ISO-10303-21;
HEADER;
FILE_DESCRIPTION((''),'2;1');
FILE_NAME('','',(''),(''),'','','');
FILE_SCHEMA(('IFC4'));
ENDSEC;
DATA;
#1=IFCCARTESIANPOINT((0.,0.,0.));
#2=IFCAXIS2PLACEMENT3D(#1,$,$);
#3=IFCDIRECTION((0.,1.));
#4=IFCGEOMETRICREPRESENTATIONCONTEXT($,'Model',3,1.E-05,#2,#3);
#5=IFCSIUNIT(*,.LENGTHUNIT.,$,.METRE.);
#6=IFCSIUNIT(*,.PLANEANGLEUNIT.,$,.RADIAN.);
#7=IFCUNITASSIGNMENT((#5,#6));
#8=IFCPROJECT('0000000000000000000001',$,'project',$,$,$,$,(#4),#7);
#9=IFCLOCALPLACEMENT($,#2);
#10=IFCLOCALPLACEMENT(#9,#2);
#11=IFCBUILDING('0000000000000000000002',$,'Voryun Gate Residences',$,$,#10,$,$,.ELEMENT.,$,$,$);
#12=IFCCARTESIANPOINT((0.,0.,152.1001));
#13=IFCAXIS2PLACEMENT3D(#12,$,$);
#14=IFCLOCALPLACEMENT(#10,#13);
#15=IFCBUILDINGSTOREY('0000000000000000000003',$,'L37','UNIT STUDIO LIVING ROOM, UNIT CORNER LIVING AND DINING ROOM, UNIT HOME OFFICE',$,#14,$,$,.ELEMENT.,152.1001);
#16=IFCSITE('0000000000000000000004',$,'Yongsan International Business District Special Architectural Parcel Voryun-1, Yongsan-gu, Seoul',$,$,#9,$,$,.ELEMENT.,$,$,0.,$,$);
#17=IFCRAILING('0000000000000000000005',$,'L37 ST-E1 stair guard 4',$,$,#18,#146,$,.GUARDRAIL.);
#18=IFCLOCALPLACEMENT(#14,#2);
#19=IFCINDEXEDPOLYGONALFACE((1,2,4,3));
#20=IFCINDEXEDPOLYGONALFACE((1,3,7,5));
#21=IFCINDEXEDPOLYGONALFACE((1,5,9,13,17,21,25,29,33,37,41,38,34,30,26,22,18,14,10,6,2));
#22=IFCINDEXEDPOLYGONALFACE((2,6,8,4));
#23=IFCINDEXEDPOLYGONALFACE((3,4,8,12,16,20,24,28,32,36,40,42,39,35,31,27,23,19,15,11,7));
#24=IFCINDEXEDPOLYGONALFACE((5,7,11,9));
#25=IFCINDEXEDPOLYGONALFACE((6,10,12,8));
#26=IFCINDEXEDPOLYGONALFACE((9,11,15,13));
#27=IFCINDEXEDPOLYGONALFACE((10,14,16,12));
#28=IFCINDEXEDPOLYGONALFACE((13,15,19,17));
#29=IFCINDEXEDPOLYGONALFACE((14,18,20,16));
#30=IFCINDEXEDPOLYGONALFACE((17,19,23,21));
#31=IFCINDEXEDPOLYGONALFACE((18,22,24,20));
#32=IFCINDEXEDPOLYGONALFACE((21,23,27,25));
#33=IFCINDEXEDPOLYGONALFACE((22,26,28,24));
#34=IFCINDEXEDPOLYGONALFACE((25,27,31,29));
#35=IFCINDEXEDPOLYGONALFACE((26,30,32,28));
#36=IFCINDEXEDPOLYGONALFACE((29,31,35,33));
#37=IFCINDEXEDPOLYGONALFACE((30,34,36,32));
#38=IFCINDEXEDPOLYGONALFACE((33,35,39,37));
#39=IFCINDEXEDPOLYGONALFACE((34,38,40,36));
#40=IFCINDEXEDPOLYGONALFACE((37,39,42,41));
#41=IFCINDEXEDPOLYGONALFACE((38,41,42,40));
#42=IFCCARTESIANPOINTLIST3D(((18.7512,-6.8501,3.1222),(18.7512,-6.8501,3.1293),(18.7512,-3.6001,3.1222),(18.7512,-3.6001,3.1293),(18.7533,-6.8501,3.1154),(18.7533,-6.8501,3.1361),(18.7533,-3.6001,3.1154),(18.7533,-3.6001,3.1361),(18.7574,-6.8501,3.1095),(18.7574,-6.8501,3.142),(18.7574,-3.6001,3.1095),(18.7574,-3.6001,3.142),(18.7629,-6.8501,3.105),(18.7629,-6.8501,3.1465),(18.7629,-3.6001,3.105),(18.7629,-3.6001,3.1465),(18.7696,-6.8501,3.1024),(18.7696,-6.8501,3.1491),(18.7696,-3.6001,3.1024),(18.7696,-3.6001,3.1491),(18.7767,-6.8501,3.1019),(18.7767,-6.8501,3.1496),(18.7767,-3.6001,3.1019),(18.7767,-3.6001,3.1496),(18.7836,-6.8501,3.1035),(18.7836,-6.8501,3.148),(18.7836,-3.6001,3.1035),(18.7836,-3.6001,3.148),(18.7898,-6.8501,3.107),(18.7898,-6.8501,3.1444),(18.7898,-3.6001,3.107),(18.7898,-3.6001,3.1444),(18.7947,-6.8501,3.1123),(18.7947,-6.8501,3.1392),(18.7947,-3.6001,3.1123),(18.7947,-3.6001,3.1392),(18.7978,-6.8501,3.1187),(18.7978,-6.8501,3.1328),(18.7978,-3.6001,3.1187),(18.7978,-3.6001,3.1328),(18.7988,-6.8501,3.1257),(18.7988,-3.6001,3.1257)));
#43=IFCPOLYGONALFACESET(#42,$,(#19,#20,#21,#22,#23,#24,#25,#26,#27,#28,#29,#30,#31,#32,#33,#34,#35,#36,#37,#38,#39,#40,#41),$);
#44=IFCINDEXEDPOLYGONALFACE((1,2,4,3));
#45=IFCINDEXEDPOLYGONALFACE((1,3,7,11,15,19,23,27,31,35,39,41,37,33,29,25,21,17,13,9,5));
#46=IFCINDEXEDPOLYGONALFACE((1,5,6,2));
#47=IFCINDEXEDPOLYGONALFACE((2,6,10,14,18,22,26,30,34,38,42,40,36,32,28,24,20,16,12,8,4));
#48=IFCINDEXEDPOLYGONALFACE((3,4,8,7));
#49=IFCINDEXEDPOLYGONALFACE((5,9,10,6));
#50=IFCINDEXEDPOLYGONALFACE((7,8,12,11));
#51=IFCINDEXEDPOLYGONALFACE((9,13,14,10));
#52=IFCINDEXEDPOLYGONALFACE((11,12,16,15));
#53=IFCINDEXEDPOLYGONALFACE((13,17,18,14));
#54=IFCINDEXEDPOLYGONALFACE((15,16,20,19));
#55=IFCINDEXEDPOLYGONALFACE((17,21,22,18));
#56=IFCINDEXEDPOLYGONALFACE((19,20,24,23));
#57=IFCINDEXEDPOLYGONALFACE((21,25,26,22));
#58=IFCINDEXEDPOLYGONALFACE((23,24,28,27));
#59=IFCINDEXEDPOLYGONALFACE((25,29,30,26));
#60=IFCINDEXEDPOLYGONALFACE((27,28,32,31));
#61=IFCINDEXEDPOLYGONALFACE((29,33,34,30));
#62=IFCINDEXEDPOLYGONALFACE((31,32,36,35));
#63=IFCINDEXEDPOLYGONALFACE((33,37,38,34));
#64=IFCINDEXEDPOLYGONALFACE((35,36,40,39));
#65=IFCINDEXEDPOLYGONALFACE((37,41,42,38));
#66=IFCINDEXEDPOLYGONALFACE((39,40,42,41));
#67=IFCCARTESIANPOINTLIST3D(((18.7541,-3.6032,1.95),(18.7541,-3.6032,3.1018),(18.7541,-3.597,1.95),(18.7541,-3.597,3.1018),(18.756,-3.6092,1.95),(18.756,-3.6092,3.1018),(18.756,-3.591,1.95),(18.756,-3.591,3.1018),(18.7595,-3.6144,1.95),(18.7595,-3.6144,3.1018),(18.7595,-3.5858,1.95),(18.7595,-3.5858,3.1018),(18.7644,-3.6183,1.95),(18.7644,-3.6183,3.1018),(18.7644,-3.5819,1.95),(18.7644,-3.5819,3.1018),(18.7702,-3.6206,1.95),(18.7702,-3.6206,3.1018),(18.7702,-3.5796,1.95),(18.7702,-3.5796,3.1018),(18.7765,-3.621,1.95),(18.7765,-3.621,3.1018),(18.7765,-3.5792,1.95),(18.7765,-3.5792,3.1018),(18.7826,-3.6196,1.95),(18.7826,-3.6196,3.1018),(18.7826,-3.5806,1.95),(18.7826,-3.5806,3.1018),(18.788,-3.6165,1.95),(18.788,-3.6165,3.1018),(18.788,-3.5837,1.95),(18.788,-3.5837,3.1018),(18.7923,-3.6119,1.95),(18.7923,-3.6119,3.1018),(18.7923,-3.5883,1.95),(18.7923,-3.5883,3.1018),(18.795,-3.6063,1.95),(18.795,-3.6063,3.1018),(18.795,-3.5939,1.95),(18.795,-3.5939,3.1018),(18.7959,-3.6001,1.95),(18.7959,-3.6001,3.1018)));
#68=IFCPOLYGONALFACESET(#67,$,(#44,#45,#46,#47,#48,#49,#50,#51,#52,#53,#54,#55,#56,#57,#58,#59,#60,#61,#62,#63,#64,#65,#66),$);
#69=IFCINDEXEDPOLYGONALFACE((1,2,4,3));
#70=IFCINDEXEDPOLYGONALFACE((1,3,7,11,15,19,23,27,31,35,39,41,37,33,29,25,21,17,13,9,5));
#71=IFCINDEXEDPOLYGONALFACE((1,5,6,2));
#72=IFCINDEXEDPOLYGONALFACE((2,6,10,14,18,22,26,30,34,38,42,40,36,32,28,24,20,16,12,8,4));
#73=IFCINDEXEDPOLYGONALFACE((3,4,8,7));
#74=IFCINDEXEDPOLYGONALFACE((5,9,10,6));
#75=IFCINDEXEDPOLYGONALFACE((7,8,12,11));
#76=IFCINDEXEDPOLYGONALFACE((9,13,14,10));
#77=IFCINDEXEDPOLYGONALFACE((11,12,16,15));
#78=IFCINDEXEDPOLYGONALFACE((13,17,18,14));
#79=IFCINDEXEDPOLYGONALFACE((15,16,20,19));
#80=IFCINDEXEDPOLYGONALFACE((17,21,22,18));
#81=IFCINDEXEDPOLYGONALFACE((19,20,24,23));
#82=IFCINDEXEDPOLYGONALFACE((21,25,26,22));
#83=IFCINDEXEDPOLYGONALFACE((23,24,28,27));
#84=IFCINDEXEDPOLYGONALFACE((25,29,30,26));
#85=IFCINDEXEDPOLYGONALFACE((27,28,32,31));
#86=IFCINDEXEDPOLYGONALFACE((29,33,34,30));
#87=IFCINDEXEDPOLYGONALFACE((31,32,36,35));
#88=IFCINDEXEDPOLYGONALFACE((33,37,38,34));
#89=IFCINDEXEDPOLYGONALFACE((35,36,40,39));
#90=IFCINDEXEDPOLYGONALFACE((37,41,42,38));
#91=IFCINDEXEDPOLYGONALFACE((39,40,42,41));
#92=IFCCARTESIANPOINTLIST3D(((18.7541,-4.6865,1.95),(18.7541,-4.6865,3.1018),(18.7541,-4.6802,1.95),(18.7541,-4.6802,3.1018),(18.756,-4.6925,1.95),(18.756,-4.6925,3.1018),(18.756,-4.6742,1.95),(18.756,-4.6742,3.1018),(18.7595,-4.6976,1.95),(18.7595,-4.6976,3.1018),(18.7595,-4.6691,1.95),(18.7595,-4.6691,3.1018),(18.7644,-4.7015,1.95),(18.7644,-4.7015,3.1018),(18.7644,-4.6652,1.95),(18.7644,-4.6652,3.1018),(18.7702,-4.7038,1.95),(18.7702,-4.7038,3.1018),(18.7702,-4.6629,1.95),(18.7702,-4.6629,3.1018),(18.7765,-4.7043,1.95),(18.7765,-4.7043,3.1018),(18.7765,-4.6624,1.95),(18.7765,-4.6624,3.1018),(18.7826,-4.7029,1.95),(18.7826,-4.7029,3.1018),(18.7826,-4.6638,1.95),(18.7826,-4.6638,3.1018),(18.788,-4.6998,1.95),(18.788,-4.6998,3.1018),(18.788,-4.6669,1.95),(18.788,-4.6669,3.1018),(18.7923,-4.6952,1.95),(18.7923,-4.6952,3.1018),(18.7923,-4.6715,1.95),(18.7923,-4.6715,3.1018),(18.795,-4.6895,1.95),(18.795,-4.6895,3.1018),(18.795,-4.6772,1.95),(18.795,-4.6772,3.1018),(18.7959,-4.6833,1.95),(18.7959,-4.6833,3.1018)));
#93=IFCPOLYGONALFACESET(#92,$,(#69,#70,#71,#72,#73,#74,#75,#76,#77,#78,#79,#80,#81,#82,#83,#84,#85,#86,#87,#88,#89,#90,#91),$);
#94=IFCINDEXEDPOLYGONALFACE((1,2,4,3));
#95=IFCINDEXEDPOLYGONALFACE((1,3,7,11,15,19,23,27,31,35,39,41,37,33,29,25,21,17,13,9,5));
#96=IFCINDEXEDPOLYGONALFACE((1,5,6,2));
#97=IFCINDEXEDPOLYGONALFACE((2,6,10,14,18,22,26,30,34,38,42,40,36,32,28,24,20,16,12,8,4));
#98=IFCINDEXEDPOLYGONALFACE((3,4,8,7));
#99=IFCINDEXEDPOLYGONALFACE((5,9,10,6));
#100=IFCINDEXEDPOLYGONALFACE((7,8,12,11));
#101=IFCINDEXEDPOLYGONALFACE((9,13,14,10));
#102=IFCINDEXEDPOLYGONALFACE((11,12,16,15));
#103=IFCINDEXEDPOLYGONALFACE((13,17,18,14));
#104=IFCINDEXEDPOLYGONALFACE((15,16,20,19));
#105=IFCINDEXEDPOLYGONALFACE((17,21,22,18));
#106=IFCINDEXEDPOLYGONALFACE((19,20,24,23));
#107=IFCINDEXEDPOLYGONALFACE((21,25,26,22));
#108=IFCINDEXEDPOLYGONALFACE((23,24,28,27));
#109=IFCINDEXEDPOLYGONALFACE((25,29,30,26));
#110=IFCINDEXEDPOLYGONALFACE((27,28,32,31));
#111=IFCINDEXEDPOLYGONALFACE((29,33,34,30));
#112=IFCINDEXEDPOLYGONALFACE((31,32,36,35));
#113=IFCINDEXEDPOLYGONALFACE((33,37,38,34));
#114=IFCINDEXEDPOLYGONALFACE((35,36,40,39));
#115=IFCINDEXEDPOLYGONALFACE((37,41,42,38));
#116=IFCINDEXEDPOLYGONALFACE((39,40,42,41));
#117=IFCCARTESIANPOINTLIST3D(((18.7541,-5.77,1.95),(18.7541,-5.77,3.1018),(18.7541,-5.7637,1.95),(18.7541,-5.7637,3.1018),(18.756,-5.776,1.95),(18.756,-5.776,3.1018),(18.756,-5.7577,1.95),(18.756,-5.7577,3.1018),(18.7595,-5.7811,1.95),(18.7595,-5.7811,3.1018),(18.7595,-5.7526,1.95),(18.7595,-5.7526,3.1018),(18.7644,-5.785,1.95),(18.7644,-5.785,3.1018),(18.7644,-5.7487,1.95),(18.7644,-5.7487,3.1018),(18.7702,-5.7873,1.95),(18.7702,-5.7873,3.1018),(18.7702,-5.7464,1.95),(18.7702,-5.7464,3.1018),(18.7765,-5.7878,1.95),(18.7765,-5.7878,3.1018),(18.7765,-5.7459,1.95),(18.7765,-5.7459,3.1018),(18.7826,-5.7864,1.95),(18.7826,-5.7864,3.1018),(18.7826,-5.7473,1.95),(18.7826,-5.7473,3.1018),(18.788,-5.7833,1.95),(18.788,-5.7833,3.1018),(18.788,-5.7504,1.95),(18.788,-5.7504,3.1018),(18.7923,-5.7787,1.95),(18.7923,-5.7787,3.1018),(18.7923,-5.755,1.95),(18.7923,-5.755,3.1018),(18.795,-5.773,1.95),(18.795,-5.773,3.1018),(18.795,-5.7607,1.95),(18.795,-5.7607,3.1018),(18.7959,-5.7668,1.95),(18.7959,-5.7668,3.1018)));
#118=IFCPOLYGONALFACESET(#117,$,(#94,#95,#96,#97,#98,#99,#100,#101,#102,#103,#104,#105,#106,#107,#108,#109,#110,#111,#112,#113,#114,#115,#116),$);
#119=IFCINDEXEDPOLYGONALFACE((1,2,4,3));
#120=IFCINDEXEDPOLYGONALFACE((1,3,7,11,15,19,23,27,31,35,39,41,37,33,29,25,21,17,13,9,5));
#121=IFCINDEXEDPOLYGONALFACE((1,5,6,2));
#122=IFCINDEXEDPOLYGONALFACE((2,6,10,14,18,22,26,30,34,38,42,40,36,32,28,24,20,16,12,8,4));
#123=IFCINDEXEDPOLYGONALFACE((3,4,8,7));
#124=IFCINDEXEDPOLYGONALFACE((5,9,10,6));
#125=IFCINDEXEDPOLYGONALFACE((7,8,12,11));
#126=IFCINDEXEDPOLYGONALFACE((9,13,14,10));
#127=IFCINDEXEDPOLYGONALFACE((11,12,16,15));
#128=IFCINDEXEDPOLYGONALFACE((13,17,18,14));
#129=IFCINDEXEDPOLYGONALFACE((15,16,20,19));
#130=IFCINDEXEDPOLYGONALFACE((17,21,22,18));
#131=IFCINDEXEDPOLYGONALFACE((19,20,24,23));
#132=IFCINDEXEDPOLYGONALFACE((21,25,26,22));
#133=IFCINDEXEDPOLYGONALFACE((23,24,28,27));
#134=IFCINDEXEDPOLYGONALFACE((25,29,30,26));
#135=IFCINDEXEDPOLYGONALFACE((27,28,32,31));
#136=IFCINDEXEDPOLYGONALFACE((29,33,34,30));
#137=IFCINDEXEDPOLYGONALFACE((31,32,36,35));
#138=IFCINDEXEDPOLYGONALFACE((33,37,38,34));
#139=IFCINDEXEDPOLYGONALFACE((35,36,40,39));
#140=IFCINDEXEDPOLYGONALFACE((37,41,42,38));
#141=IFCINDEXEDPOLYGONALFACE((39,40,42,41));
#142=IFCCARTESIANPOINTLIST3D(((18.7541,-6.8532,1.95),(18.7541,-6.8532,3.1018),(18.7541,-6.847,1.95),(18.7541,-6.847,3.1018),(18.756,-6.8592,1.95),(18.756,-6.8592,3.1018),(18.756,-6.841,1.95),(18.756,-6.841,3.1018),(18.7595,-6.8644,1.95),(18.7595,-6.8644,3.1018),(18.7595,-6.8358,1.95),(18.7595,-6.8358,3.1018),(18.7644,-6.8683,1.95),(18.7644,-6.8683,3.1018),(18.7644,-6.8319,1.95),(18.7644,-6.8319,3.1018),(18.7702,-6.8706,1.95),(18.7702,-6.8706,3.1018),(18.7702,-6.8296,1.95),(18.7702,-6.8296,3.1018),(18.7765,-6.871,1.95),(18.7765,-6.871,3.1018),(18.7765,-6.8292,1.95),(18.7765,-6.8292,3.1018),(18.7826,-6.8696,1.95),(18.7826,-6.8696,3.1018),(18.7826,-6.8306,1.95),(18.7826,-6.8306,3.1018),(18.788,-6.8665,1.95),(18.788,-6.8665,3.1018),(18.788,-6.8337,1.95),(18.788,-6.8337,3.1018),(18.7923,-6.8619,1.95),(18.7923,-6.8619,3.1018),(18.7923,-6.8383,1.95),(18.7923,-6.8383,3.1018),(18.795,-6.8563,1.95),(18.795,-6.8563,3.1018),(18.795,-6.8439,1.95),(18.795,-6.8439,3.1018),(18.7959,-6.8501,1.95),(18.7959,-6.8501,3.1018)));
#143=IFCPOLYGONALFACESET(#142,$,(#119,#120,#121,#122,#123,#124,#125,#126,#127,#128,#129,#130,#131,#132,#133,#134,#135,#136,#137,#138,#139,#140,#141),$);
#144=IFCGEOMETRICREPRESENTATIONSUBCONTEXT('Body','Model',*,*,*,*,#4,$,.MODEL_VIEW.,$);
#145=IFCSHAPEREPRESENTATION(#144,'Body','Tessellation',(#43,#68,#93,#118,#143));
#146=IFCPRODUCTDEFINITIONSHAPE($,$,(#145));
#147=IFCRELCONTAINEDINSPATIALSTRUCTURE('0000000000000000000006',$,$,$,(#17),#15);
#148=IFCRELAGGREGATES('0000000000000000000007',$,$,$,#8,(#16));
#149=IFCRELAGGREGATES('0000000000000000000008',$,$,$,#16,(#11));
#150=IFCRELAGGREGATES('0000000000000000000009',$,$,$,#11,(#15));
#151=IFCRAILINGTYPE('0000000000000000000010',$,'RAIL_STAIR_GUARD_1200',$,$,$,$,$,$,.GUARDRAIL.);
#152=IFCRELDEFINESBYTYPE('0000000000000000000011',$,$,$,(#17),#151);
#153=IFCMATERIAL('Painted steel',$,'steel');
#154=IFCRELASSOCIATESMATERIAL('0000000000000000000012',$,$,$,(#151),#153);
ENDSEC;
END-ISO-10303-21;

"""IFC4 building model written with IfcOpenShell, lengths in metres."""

from ifc_helpers import new_model, si_unit, direction, frame, origin, origin_2d, place, context, subcontext, project, spatial, circle, extrude, material, type_object, element, save


model = new_model("IFC4")

# Units and contexts
model_context = context("Model", 3, precision=1e-05, world=origin(), true_north=direction((0.0, 1.0)))
body_context = subcontext(model_context, "Body", "Model", "MODEL_VIEW")
ifc_project = project(units=[si_unit("LENGTHUNIT", "METRE"), si_unit("PLANEANGLEUNIT", "RADIAN")], contexts=[model_context])

# Site, building, storey
site_placement = place(None, origin())
site = spatial("IfcSite", under=ifc_project, at=site_placement, Name="Yongsan International Business District Special Architectural Parcel Voryun-1, Yongsan-gu, Seoul", CompositionType="ELEMENT", RefElevation=0.0)
building_placement = place(site_placement, origin())
building = spatial("IfcBuilding", under=site, at=building_placement, Name="Voryun Gate Residences", CompositionType="ELEMENT")
storey_placement = place(building_placement, frame((0.0, 0.0, 152.1001)))
storey = spatial("IfcBuildingStorey", under=building, at=storey_placement, Name="L37", Description="UNIT STUDIO LIVING ROOM, UNIT CORNER LIVING AND DINING ROOM, UNIT HOME OFFICE", CompositionType="ELEMENT", Elevation=152.1001)

# Railing
ifc_material_1 = material(Name="Painted steel", Category="steel")
railing_type_1 = type_object("IfcRailingType", Name="RAIL_STAIR_GUARD_1200", PredefinedType="GUARDRAIL", material=ifc_material_1)
for number, where, name in (
    (1, (18.7749, -3.6001, 1.95), "L37 ST-E1 stair guard 4"),
):
    element("IfcRailing", number, at=place(storey_placement, frame(where)), inside=storey, type_object=railing_type_1, Name=name, PredefinedType="GUARDRAIL", context=body_context, shape_type="SweptSolid", body=[
        extrude(circle(Radius=0.0239, at=origin_2d()), frame((0.0, 0.0, 1.1758), z_axis=(0.0, -1.0, 0.0), x_axis=(1.0, 0.0, 0.0)), (0.0, 0.0, 1.0), 3.25),
        extrude(circle(Radius=0.021, at=origin_2d()), origin(), (0.0, 0.0, 1.0), 1.1519),
        extrude(circle(Radius=0.021, at=origin_2d()), frame((0.0, -1.0833, 0.0)), (0.0, 0.0, 1.0), 1.1519),
        extrude(circle(Radius=0.021, at=origin_2d()), frame((0.0, -2.1667, 0.0)), (0.0, 0.0, 1.0), 1.1519),
        extrude(circle(Radius=0.021, at=origin_2d()), frame((0.0, -3.25, 0.0)), (0.0, 0.0, 1.0), 1.1519),
    ])

save(model, "model.ifc")
